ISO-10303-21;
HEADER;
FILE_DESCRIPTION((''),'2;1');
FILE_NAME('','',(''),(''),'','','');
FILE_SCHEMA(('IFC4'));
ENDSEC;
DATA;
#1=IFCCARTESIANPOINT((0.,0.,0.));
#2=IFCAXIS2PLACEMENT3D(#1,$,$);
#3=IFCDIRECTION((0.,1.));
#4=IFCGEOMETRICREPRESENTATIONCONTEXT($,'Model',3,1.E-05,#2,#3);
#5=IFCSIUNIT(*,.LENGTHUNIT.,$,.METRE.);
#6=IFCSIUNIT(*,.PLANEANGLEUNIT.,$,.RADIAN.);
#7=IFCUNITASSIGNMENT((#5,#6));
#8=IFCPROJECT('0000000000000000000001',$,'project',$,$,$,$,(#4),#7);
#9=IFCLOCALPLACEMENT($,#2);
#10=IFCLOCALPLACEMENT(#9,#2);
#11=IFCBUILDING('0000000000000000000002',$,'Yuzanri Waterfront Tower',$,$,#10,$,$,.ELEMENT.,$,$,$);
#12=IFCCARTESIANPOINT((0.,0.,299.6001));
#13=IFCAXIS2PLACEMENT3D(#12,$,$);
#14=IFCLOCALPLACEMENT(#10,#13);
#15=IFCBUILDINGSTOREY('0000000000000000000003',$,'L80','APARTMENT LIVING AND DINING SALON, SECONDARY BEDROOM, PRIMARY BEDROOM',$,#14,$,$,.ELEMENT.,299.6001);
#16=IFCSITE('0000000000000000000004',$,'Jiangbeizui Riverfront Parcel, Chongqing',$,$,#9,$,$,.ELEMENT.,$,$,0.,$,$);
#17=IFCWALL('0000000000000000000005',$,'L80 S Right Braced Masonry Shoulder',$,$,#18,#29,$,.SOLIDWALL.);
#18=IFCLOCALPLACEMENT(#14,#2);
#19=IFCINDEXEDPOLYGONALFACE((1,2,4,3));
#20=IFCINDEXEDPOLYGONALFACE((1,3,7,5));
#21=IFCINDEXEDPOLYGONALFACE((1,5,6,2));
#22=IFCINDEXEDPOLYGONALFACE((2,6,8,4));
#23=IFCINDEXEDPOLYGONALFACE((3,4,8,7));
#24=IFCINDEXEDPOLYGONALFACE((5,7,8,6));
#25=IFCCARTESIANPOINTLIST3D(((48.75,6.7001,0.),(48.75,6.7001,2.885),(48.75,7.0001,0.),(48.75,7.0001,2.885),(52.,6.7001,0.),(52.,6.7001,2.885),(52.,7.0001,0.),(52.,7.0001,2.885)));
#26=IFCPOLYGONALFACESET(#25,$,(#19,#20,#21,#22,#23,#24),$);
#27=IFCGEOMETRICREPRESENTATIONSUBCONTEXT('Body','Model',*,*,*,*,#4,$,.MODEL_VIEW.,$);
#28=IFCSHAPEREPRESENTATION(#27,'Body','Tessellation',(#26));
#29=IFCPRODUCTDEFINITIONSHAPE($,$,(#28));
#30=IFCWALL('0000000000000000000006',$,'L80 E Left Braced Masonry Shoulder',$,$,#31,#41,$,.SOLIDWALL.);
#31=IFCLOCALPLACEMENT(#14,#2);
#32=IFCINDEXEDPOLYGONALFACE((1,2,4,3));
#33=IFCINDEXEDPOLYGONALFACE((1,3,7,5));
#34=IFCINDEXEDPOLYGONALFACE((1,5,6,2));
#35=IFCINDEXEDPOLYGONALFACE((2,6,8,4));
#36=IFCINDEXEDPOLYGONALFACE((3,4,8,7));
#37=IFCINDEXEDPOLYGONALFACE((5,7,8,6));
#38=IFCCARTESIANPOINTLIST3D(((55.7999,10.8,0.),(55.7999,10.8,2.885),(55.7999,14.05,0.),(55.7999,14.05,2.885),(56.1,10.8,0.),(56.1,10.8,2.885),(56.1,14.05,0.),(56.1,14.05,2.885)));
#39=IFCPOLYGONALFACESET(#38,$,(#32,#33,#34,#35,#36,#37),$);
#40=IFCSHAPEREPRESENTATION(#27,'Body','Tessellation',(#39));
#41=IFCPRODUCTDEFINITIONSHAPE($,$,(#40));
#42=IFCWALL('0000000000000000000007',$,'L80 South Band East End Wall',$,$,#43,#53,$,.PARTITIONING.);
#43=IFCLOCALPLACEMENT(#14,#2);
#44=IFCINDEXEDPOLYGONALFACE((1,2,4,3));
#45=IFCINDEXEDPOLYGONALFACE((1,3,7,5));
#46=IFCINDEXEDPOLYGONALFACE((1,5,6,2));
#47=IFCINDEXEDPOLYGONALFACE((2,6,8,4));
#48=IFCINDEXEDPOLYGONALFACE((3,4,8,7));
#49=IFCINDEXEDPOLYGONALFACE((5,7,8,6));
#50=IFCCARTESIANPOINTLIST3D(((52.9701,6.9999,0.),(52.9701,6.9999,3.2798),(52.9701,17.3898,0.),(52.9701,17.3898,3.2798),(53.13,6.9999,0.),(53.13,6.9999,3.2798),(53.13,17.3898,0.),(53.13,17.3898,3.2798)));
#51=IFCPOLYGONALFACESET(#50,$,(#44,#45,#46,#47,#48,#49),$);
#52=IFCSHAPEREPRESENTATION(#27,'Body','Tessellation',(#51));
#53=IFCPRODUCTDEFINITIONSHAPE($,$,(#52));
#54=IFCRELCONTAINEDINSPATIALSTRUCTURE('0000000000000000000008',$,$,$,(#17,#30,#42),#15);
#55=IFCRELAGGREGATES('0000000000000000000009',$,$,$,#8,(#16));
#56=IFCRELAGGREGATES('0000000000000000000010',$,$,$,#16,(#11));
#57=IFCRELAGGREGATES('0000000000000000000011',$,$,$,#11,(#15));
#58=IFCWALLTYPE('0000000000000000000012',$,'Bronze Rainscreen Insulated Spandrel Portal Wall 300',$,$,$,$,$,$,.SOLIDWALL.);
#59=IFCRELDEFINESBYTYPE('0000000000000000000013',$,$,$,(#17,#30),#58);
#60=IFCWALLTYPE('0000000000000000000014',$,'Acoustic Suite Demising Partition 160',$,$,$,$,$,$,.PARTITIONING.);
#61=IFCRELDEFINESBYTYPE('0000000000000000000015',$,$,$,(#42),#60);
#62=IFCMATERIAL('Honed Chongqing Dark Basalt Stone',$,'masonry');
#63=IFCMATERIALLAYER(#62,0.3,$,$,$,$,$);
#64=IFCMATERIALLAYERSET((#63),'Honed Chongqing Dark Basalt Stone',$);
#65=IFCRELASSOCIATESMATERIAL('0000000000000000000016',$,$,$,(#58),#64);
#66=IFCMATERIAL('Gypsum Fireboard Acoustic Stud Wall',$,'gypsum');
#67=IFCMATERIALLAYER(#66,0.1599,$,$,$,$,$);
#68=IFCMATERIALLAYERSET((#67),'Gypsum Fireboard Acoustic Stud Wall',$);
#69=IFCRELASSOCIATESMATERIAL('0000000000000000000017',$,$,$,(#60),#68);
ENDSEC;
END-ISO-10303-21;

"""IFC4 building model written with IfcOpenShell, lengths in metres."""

from ifc_helpers import new_model, si_unit, direction, frame, frame_2d, origin, place, context, subcontext, project, spatial, rectangle, extrude, source, transform, mapped, material, layer, layer_set, type_object, element, save


model = new_model("IFC4")

# Units and contexts
model_context = context("Model", 3, precision=1e-05, world=origin(), true_north=direction((0.0, 1.0)))
body_context = subcontext(model_context, "Body", "Model", "MODEL_VIEW")
ifc_project = project(units=[si_unit("LENGTHUNIT", "METRE"), si_unit("PLANEANGLEUNIT", "RADIAN")], contexts=[model_context])

# Site, building, storey
site_placement = place(None, origin())
site = spatial("IfcSite", under=ifc_project, at=site_placement, Name="Jiangbeizui Riverfront Parcel, Chongqing", CompositionType="ELEMENT", RefElevation=0.0)
building_placement = place(site_placement, origin())
building = spatial("IfcBuilding", under=site, at=building_placement, Name="Yuzanri Waterfront Tower", CompositionType="ELEMENT")
storey_placement = place(building_placement, frame((0.0, 0.0, 299.6001)))
storey = spatial("IfcBuildingStorey", under=building, at=storey_placement, Name="L80", Description="APARTMENT LIVING AND DINING SALON, SECONDARY BEDROOM, PRIMARY BEDROOM", CompositionType="ELEMENT", Elevation=299.6001)

# Shared definitions
ifc_material_1 = material(Name="Honed Chongqing Dark Basalt Stone", Category="masonry")
ifc_layer_1 = layer(ifc_material_1, 0.3)
ifc_layer_set_1 = layer_set([ifc_layer_1], Name="Honed Chongqing Dark Basalt Stone")
wall_type_1 = type_object("IfcWallType", Name="Bronze Rainscreen Insulated Spandrel Portal Wall 300", PredefinedType="SOLIDWALL", material=ifc_layer_set_1)

# Walls
shared_shape_1 = source(origin(), body_context, "Body", "SweptSolid", [
    extrude(rectangle(XDim=3.25, YDim=0.3, at=frame_2d((1.625, 0.0))), origin(), (0.0, 0.0, 1.0), 2.885),
])
for number, where, z_axis, x_axis, name in (
    (1, (48.75, 6.8501, 0.0), (0.0, 0.0, 1.0), (1.0, 0.0, 0.0), "L80 S Right Braced Masonry Shoulder"),
    (2, (55.95, 10.8, 0.0), (0.0, 0.0, 1.0), (0.0, 1.0, 0.0), "L80 E Left Braced Masonry Shoulder"),
):
    element("IfcWall", number, at=place(storey_placement, frame(where, z_axis=z_axis, x_axis=x_axis)), inside=storey, type_object=wall_type_1, Name=name, PredefinedType="SOLIDWALL", context=body_context, shape_type="MappedRepresentation", body=[
        mapped(shared_shape_1, transform((0.0, 0.0, 0.0), scale=1.0)),
    ])
ifc_material_2 = material(Name="Gypsum Fireboard Acoustic Stud Wall", Category="gypsum")
ifc_layer_2 = layer(ifc_material_2, 0.1599)
ifc_layer_set_2 = layer_set([ifc_layer_2], Name="Gypsum Fireboard Acoustic Stud Wall")
wall_type_2 = type_object("IfcWallType", Name="Acoustic Suite Demising Partition 160", PredefinedType="PARTITIONING", material=ifc_layer_set_2)
shared_shape_2 = source(origin(), body_context, "Body", "SweptSolid", [
    extrude(rectangle(XDim=10.3899, YDim=0.1599, at=frame_2d((5.1948, 0.0))), origin(), (0.0, 0.0, 1.0), 3.2798),
])
wall_1_placement = place(storey_placement, frame((53.05, 7.0, 0.0), z_axis=(0.0, 0.0, 1.0), x_axis=(0.0, 1.0, 0.0)))
element("IfcWall", 3, at=wall_1_placement, inside=storey, type_object=wall_type_2, Name="L80 South Band East End Wall", PredefinedType="PARTITIONING", context=body_context, shape_type="MappedRepresentation", body=[
    mapped(shared_shape_2, transform((0.0, 0.0, 0.0), scale=1.0)),
])

save(model, "model.ifc")
